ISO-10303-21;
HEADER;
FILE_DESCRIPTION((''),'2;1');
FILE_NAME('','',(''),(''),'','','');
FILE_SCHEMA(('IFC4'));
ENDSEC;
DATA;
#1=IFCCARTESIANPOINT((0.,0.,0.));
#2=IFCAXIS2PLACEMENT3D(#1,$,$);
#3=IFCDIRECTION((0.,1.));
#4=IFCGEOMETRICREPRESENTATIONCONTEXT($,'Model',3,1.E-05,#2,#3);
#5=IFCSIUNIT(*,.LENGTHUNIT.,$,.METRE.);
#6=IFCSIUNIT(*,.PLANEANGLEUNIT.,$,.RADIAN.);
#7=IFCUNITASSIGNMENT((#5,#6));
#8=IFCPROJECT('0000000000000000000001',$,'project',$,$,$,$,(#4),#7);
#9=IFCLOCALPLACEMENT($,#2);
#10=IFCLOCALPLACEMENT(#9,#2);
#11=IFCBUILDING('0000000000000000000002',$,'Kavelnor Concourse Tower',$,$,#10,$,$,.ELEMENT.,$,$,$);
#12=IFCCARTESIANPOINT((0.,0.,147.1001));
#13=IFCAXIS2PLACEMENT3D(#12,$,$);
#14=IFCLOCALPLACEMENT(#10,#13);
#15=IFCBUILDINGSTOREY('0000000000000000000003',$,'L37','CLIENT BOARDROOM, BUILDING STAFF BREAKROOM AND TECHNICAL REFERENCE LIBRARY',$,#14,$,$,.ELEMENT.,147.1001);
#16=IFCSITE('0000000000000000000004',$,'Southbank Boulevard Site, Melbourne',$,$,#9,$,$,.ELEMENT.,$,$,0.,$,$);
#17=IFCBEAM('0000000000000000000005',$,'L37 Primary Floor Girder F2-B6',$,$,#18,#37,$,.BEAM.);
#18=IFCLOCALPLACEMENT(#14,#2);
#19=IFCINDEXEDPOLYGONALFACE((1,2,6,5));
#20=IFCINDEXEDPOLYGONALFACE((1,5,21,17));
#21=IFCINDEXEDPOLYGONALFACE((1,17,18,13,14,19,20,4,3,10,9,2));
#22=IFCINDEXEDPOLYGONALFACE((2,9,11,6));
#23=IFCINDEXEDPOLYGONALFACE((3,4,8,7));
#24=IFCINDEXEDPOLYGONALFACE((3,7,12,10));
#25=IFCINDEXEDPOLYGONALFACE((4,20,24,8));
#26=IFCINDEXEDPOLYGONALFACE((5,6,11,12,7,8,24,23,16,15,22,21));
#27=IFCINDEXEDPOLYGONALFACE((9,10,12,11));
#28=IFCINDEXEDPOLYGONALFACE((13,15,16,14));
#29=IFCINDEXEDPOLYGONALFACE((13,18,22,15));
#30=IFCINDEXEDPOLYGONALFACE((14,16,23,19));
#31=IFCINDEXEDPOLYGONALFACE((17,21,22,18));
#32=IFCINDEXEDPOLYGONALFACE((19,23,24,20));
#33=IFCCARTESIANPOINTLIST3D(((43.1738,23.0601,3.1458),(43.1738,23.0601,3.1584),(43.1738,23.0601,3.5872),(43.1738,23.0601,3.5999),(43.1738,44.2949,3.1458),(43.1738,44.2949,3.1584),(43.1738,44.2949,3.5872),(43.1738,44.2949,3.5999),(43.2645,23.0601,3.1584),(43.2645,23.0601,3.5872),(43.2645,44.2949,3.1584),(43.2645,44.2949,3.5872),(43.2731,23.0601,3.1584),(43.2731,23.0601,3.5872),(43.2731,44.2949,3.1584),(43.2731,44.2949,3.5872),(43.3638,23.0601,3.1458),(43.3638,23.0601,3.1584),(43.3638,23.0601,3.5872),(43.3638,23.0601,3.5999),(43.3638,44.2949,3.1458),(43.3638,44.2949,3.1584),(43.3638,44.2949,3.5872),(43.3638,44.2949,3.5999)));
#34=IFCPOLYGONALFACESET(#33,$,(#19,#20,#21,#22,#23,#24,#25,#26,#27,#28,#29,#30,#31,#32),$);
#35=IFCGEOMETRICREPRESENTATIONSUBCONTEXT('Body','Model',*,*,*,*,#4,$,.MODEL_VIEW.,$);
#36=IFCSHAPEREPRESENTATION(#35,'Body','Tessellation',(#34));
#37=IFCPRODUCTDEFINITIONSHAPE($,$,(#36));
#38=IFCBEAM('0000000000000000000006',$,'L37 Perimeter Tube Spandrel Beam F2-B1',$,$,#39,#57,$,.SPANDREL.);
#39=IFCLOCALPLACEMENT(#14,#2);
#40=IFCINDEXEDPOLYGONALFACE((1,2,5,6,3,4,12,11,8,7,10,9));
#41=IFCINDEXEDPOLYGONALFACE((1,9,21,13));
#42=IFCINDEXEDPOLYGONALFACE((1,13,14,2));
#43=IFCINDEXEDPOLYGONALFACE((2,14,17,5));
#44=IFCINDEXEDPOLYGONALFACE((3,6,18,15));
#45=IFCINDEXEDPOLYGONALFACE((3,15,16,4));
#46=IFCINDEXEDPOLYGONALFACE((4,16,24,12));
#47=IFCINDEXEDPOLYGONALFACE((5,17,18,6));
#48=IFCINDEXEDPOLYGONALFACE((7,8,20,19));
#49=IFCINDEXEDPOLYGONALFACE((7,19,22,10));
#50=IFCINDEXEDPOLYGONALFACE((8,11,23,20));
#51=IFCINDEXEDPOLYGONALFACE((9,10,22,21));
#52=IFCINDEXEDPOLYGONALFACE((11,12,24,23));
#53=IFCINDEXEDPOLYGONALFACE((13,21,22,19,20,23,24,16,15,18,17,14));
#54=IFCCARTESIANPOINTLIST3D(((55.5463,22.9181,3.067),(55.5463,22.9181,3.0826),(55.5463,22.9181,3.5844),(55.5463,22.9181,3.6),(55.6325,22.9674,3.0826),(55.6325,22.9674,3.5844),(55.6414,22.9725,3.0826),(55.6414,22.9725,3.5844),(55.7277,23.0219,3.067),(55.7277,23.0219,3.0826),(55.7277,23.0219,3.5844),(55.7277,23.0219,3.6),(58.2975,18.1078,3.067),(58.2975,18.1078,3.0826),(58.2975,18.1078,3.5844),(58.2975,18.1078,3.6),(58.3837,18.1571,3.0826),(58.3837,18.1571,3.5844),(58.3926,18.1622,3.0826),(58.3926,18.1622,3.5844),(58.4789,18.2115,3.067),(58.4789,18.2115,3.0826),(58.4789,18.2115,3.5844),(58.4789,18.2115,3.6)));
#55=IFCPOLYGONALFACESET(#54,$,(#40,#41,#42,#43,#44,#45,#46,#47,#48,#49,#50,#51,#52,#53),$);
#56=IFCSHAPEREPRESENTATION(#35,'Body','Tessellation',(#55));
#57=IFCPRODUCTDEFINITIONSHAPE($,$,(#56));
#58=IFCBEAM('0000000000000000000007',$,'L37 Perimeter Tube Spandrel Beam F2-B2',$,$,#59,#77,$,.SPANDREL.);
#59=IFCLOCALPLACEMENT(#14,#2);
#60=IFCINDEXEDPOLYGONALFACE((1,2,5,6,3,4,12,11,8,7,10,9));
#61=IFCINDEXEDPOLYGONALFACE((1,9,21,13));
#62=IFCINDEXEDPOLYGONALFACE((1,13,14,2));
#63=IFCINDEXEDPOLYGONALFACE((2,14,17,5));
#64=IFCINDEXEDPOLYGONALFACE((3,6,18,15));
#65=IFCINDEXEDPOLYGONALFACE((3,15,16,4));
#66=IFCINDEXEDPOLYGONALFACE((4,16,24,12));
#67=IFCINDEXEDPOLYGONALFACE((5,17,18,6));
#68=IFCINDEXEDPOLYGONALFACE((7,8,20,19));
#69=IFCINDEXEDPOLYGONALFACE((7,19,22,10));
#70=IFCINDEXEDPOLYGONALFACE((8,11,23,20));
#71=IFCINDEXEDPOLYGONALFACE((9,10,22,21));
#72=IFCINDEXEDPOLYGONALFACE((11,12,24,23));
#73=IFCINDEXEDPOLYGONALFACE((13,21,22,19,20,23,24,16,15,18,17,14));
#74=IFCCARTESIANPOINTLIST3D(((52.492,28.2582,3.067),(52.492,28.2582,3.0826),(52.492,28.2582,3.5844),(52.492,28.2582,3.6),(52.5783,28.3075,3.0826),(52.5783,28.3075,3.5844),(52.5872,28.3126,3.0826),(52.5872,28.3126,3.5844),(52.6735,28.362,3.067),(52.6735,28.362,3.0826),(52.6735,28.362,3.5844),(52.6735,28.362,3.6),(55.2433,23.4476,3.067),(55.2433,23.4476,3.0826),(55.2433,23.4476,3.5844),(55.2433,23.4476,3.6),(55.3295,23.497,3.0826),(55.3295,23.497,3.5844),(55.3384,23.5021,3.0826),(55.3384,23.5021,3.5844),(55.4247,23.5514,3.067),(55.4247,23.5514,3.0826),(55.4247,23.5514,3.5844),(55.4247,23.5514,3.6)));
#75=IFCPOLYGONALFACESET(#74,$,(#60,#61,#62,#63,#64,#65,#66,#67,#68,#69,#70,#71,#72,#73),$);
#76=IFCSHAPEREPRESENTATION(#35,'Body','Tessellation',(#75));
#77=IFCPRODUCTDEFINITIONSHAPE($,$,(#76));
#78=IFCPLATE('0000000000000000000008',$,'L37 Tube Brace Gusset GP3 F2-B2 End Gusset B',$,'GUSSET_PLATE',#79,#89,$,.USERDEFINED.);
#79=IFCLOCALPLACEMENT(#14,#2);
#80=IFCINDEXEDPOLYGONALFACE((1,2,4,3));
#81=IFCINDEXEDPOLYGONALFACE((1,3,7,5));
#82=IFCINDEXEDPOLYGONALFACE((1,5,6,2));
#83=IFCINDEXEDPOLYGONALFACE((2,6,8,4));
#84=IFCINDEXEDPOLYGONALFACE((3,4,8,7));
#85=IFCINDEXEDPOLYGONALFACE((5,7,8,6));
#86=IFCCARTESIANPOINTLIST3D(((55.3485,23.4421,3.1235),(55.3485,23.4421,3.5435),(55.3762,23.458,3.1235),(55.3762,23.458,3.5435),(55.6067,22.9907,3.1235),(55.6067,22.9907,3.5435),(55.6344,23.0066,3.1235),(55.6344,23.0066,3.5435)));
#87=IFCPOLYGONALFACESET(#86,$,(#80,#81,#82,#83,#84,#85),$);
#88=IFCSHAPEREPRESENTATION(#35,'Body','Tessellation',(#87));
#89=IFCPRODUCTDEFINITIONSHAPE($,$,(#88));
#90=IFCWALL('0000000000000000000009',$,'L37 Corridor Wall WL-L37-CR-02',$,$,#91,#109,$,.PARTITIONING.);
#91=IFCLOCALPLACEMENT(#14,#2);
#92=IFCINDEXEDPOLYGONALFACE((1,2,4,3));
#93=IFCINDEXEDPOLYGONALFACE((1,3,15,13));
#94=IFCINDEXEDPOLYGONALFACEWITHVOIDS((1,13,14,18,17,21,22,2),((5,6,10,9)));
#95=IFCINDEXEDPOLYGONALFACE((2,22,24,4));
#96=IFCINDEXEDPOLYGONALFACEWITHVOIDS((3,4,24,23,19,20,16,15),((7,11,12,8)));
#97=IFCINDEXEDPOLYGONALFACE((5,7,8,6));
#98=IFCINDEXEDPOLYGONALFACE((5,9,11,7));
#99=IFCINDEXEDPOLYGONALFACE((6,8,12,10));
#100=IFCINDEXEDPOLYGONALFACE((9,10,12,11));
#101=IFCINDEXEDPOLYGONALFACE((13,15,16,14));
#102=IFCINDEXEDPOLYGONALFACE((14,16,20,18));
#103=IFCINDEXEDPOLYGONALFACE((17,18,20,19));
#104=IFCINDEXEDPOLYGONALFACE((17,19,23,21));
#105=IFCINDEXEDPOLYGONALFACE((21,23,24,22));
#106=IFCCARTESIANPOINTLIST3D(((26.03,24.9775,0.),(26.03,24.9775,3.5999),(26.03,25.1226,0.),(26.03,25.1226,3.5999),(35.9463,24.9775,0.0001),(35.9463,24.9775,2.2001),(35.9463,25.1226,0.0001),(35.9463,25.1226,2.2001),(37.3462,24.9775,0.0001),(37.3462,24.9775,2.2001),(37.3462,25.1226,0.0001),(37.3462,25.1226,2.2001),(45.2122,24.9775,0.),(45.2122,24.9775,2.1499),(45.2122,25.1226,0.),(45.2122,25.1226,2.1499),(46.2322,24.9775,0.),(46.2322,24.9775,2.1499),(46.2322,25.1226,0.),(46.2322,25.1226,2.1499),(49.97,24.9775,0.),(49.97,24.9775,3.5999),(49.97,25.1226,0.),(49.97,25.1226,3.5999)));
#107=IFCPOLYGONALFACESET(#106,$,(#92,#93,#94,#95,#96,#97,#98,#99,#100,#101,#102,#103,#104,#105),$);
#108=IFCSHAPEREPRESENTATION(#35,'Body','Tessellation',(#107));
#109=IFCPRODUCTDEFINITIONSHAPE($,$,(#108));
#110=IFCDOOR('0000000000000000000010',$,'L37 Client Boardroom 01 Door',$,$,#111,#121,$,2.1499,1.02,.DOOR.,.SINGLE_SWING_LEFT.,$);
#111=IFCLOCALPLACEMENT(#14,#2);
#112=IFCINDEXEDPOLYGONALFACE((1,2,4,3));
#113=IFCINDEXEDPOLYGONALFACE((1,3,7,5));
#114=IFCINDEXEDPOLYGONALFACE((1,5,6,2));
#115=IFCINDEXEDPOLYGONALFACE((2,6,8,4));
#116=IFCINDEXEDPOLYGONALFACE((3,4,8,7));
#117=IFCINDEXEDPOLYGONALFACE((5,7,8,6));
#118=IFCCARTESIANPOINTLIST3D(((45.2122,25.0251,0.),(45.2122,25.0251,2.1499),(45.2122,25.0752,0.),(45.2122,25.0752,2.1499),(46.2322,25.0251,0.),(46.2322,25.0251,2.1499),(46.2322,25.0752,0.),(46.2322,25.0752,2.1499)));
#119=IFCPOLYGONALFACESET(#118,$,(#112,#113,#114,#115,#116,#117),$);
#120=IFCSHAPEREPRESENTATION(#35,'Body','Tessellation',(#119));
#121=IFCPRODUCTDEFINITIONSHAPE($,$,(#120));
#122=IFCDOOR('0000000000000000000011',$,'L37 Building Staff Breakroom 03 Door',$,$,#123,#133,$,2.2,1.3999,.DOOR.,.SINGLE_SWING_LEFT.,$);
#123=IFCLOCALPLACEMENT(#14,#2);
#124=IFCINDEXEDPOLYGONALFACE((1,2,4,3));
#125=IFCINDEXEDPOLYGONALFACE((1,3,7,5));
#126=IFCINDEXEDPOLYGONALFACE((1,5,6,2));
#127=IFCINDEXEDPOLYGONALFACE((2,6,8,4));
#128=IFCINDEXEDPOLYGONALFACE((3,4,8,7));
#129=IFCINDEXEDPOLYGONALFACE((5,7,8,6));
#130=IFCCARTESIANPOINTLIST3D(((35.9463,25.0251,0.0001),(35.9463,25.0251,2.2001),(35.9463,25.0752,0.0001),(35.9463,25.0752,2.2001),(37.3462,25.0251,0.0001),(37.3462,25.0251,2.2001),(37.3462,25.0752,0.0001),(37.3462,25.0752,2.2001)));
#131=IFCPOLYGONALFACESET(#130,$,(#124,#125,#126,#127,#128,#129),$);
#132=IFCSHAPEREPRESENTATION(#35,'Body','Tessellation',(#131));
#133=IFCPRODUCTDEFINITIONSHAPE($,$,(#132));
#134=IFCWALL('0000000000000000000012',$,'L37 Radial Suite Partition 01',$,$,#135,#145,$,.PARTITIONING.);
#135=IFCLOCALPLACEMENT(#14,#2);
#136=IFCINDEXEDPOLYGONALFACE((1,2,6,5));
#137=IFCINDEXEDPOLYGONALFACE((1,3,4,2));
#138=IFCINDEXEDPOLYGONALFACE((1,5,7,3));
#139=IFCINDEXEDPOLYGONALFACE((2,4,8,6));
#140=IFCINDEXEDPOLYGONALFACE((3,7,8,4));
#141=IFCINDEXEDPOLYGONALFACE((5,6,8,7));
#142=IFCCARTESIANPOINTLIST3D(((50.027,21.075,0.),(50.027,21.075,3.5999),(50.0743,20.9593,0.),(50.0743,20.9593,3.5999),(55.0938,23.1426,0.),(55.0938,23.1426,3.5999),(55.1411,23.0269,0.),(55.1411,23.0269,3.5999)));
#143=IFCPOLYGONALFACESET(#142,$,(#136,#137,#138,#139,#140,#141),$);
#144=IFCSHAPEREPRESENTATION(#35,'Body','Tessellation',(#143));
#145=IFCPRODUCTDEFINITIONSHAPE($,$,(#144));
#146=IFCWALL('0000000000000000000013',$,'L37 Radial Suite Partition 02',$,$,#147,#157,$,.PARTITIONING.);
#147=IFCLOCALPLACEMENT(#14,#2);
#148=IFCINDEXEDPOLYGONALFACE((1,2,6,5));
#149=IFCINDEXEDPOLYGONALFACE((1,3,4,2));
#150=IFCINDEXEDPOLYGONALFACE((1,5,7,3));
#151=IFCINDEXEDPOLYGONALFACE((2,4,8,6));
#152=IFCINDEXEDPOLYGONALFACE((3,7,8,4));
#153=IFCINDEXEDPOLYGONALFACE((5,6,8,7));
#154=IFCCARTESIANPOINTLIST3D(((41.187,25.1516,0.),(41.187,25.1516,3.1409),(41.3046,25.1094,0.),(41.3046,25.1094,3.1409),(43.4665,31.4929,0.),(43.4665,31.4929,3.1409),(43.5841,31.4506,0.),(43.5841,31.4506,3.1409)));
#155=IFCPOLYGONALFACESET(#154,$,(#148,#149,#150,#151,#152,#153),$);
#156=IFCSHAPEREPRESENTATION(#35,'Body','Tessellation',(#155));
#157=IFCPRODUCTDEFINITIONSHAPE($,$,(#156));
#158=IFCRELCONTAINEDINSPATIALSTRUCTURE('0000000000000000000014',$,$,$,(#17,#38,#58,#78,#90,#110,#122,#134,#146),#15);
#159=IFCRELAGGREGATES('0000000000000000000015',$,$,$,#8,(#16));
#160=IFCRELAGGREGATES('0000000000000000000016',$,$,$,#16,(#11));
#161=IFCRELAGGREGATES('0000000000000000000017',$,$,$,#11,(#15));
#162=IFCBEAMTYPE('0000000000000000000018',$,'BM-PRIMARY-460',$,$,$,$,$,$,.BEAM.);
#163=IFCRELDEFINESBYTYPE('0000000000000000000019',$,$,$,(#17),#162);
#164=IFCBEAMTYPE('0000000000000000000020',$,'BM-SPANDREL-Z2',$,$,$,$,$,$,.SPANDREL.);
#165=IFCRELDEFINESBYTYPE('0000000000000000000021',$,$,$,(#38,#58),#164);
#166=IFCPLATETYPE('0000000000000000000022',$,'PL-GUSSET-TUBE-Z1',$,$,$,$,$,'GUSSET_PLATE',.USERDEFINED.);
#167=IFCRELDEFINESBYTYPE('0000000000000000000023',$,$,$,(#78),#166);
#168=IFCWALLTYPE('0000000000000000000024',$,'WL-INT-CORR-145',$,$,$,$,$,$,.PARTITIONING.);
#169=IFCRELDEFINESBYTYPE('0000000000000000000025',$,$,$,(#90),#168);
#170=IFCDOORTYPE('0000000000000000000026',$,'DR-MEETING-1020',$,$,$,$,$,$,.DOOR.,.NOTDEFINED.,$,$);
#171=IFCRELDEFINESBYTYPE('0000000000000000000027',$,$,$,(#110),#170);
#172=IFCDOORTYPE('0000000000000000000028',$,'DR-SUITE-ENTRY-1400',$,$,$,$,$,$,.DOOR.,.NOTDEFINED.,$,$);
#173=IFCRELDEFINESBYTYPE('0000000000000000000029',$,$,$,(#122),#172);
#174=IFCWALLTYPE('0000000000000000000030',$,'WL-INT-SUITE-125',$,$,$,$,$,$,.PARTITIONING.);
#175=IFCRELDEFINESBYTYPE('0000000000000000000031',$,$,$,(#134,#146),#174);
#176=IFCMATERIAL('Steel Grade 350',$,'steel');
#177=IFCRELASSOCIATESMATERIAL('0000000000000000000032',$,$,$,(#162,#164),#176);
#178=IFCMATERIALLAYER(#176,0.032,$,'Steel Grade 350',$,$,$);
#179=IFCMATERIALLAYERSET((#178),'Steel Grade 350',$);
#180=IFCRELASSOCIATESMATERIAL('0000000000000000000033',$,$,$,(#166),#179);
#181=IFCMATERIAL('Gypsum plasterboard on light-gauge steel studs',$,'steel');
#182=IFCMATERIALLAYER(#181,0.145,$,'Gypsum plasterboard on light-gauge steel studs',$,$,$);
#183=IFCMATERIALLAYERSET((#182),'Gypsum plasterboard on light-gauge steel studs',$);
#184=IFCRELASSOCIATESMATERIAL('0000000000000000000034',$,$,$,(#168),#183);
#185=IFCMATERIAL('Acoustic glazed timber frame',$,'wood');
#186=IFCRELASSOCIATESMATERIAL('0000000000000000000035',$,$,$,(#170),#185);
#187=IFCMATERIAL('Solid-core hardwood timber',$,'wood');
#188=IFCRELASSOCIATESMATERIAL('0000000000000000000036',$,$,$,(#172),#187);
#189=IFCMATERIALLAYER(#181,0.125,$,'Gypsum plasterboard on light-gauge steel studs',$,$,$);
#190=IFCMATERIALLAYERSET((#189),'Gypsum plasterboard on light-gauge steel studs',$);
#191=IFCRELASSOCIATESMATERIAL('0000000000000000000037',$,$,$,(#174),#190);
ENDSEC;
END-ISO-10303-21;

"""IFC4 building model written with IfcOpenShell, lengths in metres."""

from ifc_helpers import new_model, si_unit, direction, frame, frame_2d, origin, origin_2d, place, context, subcontext, project, spatial, rectangle, i_section, extrude, material, layer, layer_set, material_profile, profile_set, type_object, element, fill, save


model = new_model("IFC4")

# Units and contexts
model_context = context("Model", 3, precision=1e-05, world=origin(), true_north=direction((0.0, 1.0)))
body_context = subcontext(model_context, "Body", "Model", "MODEL_VIEW")
ifc_project = project(units=[si_unit("LENGTHUNIT", "METRE"), si_unit("PLANEANGLEUNIT", "RADIAN")], contexts=[model_context])

# Site, building, storey
site_placement = place(None, origin())
site = spatial("IfcSite", under=ifc_project, at=site_placement, Name="Southbank Boulevard Site, Melbourne", CompositionType="ELEMENT", RefElevation=0.0)
building_placement = place(site_placement, origin())
building = spatial("IfcBuilding", under=site, at=building_placement, Name="Kavelnor Concourse Tower", CompositionType="ELEMENT")
storey_placement = place(building_placement, frame((0.0, 0.0, 147.1001)))
storey = spatial("IfcBuildingStorey", under=building, at=storey_placement, Name="L37", Description="CLIENT BOARDROOM, BUILDING STAFF BREAKROOM AND TECHNICAL REFERENCE LIBRARY", CompositionType="ELEMENT", Elevation=147.1001)

# Shared definitions
ifc_material_1 = material(Name="Steel Grade 350", Category="steel")

# Beams
ifc_material_profile_1 = material_profile(ifc_material_1, i_section(OverallWidth=0.1899, OverallDepth=0.4541, WebThickness=0.0085, FlangeThickness=0.0127, at=origin_2d()), Name="460UB67")
ifc_profile_set_1 = profile_set([ifc_material_profile_1], Name="Steel Grade 350")
beam_type_1 = type_object("IfcBeamType", Name="BM-PRIMARY-460", PredefinedType="BEAM", material=ifc_profile_set_1)
beam_1_placement = place(storey_placement, frame((43.2688, 23.0601, 3.3728), z_axis=(0.0, 1.0, 0.0), x_axis=(-1.0, 0.0, 0.0)))
element("IfcBeam", 1, at=beam_1_placement, inside=storey, type_object=beam_type_1, Name="L37 Primary Floor Girder F2-B6", PredefinedType="BEAM", context=body_context, shape_type="SweptSolid", body=[
    extrude(i_section(OverallWidth=0.1899, OverallDepth=0.4541, WebThickness=0.0085, FlangeThickness=0.0127, at=origin_2d()), origin(), (0.0, 0.0, 1.0), 21.2349),
])
ifc_material_profile_2 = material_profile(ifc_material_1, i_section(OverallWidth=0.209, OverallDepth=0.533, WebThickness=0.0103, FlangeThickness=0.0156, at=origin_2d()), Name="530UB92")
ifc_profile_set_2 = profile_set([ifc_material_profile_2], Name="Steel Grade 350")
beam_type_2 = type_object("IfcBeamType", Name="BM-SPANDREL-Z2", PredefinedType="SPANDREL", material=ifc_profile_set_2)
beam_2_placement = place(storey_placement, frame((58.3882, 18.1597, 3.3335), z_axis=(-0.496476, 0.868051, 0.0), x_axis=(-0.868051, -0.496476, 0.0)))
element("IfcBeam", 2, at=beam_2_placement, inside=storey, type_object=beam_type_2, Name="L37 Perimeter Tube Spandrel Beam F2-B1", PredefinedType="SPANDREL", context=body_context, shape_type="SweptSolid", body=[
    extrude(i_section(OverallWidth=0.209, OverallDepth=0.533, WebThickness=0.0103, FlangeThickness=0.0156, at=origin_2d()), origin(), (0.0, 0.0, 1.0), 5.5415),
])
beam_3_placement = place(storey_placement, frame((55.334, 23.4995, 3.3335), z_axis=(-0.496457, 0.868061, 0.0), x_axis=(-0.868061, -0.496457, 0.0)))
element("IfcBeam", 3, at=beam_3_placement, inside=storey, type_object=beam_type_2, Name="L37 Perimeter Tube Spandrel Beam F2-B2", PredefinedType="SPANDREL", context=body_context, shape_type="SweptSolid", body=[
    extrude(i_section(OverallWidth=0.209, OverallDepth=0.533, WebThickness=0.0103, FlangeThickness=0.0156, at=origin_2d()), origin(), (0.0, 0.0, 1.0), 5.5417),
])

# Plate
ifc_layer_1 = layer(ifc_material_1, 0.032, Name="Steel Grade 350")
ifc_layer_set_1 = layer_set([ifc_layer_1], Name="Steel Grade 350")
plate_type = type_object("IfcPlateType", Name="PL-GUSSET-TUBE-Z1", ElementType="GUSSET_PLATE", PredefinedType="USERDEFINED", material=ifc_layer_set_1)
plate_placement = place(storey_placement, frame((55.4915, 23.2244, 3.1235), z_axis=(0.0, 0.0, 1.0), x_axis=(0.49652, -0.868026, 0.0)))
element("IfcPlate", 4, at=plate_placement, inside=storey, type_object=plate_type, Name="L37 Tube Brace Gusset GP3 F2-B2 End Gusset B", ObjectType="GUSSET_PLATE", PredefinedType="USERDEFINED", context=body_context, shape_type="SweptSolid", body=[
    extrude(rectangle(XDim=0.52, YDim=0.032, at=origin_2d()), origin(), (0.0, 0.0, 1.0), 0.4199),
])

# Wall, openings, doors
ifc_material_2 = material(Name="Gypsum plasterboard on light-gauge steel studs", Category="steel")
ifc_layer_2 = layer(ifc_material_2, 0.145, Name="Gypsum plasterboard on light-gauge steel studs")
ifc_layer_set_2 = layer_set([ifc_layer_2], Name="Gypsum plasterboard on light-gauge steel studs")
wall_type_1 = type_object("IfcWallType", Name="WL-INT-CORR-145", PredefinedType="PARTITIONING", material=ifc_layer_set_2)
wall_1_placement = place(storey_placement, frame((49.97, 25.05, 0.0), z_axis=(0.0, 0.0, 1.0), x_axis=(-1.0, 0.0, 0.0)))
wall_1 = element("IfcWall", 5, at=wall_1_placement, inside=storey, type_object=wall_type_1, Name="L37 Corridor Wall WL-L37-CR-02", PredefinedType="PARTITIONING", context=body_context, shape_type="SweptSolid", body=[
    extrude(rectangle(XDim=23.9399, YDim=0.145, at=frame_2d((11.97, 0.0))), origin(), (0.0, 0.0, 1.0), 3.5999),
])
opening_1_placement = place(wall_1_placement, frame((3.7378, 0.0, 0.0)))
opening_1 = element("IfcOpeningElement", 6, at=opening_1_placement, cuts=wall_1, PredefinedType="OPENING", context=body_context, shape_type="SweptSolid", body=[
    extrude(rectangle(XDim=1.02, YDim=2.1499, at=frame_2d((0.51, 1.075))), frame((0.0, 0.0825, 0.0), z_axis=(0.0, -1.0, 0.0), x_axis=(1.0, 0.0, 0.0)), (0.0, 0.0, 1.0), 0.165),
])
opening_2_placement = place(wall_1_placement, frame((12.6238, 0.0, 0.0)))
opening_2 = element("IfcOpeningElement", 7, at=opening_2_placement, cuts=wall_1, PredefinedType="OPENING", context=body_context, shape_type="SweptSolid", body=[
    extrude(rectangle(XDim=1.3999, YDim=2.2, at=frame_2d((0.7, 1.1001))), frame((0.0, 0.0825, 0.0), z_axis=(0.0, -1.0, 0.0), x_axis=(1.0, 0.0, 0.0)), (0.0, 0.0, 1.0), 0.165),
])
ifc_material_3 = material(Name="Acoustic glazed timber frame", Category="wood")
door_type_1 = type_object("IfcDoorType", Name="DR-MEETING-1020", OperationType="NOTDEFINED", PredefinedType="DOOR", material=ifc_material_3)
door_1_placement = place(opening_1_placement, origin())
door_1 = element("IfcDoor", 8, at=door_1_placement, inside=storey, type_object=door_type_1, Name="L37 Client Boardroom 01 Door", OperationType="SINGLE_SWING_LEFT", OverallHeight=2.1499, OverallWidth=1.02, PredefinedType="DOOR", context=body_context, shape_type="SweptSolid", body=[
    extrude(rectangle(XDim=1.02, YDim=2.1499, at=frame_2d((0.51, 1.075))), frame((0.0, 0.0249, 0.0), z_axis=(0.0, -1.0, 0.0), x_axis=(1.0, 0.0, 0.0)), (0.0, 0.0, 1.0), 0.05),
])
fill(opening_1, door_1)
ifc_material_4 = material(Name="Solid-core hardwood timber", Category="wood")
door_type_2 = type_object("IfcDoorType", Name="DR-SUITE-ENTRY-1400", OperationType="NOTDEFINED", PredefinedType="DOOR", material=ifc_material_4)
door_2_placement = place(opening_2_placement, origin())
door_2 = element("IfcDoor", 9, at=door_2_placement, inside=storey, type_object=door_type_2, Name="L37 Building Staff Breakroom 03 Door", OperationType="SINGLE_SWING_LEFT", OverallHeight=2.2, OverallWidth=1.3999, PredefinedType="DOOR", context=body_context, shape_type="SweptSolid", body=[
    extrude(rectangle(XDim=1.3999, YDim=2.2, at=frame_2d((0.7, 1.1001))), frame((0.0, 0.0249, 0.0), z_axis=(0.0, -1.0, 0.0), x_axis=(1.0, 0.0, 0.0)), (0.0, 0.0, 1.0), 0.05),
])
fill(opening_2, door_2)

# Walls
ifc_layer_3 = layer(ifc_material_2, 0.125, Name="Gypsum plasterboard on light-gauge steel studs")
ifc_layer_set_3 = layer_set([ifc_layer_3], Name="Gypsum plasterboard on light-gauge steel studs")
wall_type_2 = type_object("IfcWallType", Name="WL-INT-SUITE-125", PredefinedType="PARTITIONING", material=ifc_layer_set_3)
wall_2_placement = place(storey_placement, frame((50.0505, 21.0171, 0.0), z_axis=(0.0, 0.0, 1.0), x_axis=(0.925879, 0.37782, 0.0)))
element("IfcWall", 10, at=wall_2_placement, inside=storey, type_object=wall_type_2, Name="L37 Radial Suite Partition 01", PredefinedType="PARTITIONING", context=body_context, shape_type="SweptSolid", body=[
    extrude(rectangle(XDim=5.4724, YDim=0.125, at=frame_2d((2.7363, 0.0))), origin(), (0.0, 0.0, 1.0), 3.5999),
])
wall_3_placement = place(storey_placement, frame((41.2458, 25.1306, 0.0), z_axis=(0.0, 0.0, 1.0), x_axis=(0.338282, 0.941045, 0.0)))
element("IfcWall", 11, at=wall_3_placement, inside=storey, type_object=wall_type_2, Name="L37 Radial Suite Partition 02", PredefinedType="PARTITIONING", context=body_context, shape_type="SweptSolid", body=[
    extrude(rectangle(XDim=6.7385, YDim=0.125, at=frame_2d((3.3691, 0.0))), origin(), (0.0, 0.0, 1.0), 3.1409),
])

save(model, "model.ifc")
